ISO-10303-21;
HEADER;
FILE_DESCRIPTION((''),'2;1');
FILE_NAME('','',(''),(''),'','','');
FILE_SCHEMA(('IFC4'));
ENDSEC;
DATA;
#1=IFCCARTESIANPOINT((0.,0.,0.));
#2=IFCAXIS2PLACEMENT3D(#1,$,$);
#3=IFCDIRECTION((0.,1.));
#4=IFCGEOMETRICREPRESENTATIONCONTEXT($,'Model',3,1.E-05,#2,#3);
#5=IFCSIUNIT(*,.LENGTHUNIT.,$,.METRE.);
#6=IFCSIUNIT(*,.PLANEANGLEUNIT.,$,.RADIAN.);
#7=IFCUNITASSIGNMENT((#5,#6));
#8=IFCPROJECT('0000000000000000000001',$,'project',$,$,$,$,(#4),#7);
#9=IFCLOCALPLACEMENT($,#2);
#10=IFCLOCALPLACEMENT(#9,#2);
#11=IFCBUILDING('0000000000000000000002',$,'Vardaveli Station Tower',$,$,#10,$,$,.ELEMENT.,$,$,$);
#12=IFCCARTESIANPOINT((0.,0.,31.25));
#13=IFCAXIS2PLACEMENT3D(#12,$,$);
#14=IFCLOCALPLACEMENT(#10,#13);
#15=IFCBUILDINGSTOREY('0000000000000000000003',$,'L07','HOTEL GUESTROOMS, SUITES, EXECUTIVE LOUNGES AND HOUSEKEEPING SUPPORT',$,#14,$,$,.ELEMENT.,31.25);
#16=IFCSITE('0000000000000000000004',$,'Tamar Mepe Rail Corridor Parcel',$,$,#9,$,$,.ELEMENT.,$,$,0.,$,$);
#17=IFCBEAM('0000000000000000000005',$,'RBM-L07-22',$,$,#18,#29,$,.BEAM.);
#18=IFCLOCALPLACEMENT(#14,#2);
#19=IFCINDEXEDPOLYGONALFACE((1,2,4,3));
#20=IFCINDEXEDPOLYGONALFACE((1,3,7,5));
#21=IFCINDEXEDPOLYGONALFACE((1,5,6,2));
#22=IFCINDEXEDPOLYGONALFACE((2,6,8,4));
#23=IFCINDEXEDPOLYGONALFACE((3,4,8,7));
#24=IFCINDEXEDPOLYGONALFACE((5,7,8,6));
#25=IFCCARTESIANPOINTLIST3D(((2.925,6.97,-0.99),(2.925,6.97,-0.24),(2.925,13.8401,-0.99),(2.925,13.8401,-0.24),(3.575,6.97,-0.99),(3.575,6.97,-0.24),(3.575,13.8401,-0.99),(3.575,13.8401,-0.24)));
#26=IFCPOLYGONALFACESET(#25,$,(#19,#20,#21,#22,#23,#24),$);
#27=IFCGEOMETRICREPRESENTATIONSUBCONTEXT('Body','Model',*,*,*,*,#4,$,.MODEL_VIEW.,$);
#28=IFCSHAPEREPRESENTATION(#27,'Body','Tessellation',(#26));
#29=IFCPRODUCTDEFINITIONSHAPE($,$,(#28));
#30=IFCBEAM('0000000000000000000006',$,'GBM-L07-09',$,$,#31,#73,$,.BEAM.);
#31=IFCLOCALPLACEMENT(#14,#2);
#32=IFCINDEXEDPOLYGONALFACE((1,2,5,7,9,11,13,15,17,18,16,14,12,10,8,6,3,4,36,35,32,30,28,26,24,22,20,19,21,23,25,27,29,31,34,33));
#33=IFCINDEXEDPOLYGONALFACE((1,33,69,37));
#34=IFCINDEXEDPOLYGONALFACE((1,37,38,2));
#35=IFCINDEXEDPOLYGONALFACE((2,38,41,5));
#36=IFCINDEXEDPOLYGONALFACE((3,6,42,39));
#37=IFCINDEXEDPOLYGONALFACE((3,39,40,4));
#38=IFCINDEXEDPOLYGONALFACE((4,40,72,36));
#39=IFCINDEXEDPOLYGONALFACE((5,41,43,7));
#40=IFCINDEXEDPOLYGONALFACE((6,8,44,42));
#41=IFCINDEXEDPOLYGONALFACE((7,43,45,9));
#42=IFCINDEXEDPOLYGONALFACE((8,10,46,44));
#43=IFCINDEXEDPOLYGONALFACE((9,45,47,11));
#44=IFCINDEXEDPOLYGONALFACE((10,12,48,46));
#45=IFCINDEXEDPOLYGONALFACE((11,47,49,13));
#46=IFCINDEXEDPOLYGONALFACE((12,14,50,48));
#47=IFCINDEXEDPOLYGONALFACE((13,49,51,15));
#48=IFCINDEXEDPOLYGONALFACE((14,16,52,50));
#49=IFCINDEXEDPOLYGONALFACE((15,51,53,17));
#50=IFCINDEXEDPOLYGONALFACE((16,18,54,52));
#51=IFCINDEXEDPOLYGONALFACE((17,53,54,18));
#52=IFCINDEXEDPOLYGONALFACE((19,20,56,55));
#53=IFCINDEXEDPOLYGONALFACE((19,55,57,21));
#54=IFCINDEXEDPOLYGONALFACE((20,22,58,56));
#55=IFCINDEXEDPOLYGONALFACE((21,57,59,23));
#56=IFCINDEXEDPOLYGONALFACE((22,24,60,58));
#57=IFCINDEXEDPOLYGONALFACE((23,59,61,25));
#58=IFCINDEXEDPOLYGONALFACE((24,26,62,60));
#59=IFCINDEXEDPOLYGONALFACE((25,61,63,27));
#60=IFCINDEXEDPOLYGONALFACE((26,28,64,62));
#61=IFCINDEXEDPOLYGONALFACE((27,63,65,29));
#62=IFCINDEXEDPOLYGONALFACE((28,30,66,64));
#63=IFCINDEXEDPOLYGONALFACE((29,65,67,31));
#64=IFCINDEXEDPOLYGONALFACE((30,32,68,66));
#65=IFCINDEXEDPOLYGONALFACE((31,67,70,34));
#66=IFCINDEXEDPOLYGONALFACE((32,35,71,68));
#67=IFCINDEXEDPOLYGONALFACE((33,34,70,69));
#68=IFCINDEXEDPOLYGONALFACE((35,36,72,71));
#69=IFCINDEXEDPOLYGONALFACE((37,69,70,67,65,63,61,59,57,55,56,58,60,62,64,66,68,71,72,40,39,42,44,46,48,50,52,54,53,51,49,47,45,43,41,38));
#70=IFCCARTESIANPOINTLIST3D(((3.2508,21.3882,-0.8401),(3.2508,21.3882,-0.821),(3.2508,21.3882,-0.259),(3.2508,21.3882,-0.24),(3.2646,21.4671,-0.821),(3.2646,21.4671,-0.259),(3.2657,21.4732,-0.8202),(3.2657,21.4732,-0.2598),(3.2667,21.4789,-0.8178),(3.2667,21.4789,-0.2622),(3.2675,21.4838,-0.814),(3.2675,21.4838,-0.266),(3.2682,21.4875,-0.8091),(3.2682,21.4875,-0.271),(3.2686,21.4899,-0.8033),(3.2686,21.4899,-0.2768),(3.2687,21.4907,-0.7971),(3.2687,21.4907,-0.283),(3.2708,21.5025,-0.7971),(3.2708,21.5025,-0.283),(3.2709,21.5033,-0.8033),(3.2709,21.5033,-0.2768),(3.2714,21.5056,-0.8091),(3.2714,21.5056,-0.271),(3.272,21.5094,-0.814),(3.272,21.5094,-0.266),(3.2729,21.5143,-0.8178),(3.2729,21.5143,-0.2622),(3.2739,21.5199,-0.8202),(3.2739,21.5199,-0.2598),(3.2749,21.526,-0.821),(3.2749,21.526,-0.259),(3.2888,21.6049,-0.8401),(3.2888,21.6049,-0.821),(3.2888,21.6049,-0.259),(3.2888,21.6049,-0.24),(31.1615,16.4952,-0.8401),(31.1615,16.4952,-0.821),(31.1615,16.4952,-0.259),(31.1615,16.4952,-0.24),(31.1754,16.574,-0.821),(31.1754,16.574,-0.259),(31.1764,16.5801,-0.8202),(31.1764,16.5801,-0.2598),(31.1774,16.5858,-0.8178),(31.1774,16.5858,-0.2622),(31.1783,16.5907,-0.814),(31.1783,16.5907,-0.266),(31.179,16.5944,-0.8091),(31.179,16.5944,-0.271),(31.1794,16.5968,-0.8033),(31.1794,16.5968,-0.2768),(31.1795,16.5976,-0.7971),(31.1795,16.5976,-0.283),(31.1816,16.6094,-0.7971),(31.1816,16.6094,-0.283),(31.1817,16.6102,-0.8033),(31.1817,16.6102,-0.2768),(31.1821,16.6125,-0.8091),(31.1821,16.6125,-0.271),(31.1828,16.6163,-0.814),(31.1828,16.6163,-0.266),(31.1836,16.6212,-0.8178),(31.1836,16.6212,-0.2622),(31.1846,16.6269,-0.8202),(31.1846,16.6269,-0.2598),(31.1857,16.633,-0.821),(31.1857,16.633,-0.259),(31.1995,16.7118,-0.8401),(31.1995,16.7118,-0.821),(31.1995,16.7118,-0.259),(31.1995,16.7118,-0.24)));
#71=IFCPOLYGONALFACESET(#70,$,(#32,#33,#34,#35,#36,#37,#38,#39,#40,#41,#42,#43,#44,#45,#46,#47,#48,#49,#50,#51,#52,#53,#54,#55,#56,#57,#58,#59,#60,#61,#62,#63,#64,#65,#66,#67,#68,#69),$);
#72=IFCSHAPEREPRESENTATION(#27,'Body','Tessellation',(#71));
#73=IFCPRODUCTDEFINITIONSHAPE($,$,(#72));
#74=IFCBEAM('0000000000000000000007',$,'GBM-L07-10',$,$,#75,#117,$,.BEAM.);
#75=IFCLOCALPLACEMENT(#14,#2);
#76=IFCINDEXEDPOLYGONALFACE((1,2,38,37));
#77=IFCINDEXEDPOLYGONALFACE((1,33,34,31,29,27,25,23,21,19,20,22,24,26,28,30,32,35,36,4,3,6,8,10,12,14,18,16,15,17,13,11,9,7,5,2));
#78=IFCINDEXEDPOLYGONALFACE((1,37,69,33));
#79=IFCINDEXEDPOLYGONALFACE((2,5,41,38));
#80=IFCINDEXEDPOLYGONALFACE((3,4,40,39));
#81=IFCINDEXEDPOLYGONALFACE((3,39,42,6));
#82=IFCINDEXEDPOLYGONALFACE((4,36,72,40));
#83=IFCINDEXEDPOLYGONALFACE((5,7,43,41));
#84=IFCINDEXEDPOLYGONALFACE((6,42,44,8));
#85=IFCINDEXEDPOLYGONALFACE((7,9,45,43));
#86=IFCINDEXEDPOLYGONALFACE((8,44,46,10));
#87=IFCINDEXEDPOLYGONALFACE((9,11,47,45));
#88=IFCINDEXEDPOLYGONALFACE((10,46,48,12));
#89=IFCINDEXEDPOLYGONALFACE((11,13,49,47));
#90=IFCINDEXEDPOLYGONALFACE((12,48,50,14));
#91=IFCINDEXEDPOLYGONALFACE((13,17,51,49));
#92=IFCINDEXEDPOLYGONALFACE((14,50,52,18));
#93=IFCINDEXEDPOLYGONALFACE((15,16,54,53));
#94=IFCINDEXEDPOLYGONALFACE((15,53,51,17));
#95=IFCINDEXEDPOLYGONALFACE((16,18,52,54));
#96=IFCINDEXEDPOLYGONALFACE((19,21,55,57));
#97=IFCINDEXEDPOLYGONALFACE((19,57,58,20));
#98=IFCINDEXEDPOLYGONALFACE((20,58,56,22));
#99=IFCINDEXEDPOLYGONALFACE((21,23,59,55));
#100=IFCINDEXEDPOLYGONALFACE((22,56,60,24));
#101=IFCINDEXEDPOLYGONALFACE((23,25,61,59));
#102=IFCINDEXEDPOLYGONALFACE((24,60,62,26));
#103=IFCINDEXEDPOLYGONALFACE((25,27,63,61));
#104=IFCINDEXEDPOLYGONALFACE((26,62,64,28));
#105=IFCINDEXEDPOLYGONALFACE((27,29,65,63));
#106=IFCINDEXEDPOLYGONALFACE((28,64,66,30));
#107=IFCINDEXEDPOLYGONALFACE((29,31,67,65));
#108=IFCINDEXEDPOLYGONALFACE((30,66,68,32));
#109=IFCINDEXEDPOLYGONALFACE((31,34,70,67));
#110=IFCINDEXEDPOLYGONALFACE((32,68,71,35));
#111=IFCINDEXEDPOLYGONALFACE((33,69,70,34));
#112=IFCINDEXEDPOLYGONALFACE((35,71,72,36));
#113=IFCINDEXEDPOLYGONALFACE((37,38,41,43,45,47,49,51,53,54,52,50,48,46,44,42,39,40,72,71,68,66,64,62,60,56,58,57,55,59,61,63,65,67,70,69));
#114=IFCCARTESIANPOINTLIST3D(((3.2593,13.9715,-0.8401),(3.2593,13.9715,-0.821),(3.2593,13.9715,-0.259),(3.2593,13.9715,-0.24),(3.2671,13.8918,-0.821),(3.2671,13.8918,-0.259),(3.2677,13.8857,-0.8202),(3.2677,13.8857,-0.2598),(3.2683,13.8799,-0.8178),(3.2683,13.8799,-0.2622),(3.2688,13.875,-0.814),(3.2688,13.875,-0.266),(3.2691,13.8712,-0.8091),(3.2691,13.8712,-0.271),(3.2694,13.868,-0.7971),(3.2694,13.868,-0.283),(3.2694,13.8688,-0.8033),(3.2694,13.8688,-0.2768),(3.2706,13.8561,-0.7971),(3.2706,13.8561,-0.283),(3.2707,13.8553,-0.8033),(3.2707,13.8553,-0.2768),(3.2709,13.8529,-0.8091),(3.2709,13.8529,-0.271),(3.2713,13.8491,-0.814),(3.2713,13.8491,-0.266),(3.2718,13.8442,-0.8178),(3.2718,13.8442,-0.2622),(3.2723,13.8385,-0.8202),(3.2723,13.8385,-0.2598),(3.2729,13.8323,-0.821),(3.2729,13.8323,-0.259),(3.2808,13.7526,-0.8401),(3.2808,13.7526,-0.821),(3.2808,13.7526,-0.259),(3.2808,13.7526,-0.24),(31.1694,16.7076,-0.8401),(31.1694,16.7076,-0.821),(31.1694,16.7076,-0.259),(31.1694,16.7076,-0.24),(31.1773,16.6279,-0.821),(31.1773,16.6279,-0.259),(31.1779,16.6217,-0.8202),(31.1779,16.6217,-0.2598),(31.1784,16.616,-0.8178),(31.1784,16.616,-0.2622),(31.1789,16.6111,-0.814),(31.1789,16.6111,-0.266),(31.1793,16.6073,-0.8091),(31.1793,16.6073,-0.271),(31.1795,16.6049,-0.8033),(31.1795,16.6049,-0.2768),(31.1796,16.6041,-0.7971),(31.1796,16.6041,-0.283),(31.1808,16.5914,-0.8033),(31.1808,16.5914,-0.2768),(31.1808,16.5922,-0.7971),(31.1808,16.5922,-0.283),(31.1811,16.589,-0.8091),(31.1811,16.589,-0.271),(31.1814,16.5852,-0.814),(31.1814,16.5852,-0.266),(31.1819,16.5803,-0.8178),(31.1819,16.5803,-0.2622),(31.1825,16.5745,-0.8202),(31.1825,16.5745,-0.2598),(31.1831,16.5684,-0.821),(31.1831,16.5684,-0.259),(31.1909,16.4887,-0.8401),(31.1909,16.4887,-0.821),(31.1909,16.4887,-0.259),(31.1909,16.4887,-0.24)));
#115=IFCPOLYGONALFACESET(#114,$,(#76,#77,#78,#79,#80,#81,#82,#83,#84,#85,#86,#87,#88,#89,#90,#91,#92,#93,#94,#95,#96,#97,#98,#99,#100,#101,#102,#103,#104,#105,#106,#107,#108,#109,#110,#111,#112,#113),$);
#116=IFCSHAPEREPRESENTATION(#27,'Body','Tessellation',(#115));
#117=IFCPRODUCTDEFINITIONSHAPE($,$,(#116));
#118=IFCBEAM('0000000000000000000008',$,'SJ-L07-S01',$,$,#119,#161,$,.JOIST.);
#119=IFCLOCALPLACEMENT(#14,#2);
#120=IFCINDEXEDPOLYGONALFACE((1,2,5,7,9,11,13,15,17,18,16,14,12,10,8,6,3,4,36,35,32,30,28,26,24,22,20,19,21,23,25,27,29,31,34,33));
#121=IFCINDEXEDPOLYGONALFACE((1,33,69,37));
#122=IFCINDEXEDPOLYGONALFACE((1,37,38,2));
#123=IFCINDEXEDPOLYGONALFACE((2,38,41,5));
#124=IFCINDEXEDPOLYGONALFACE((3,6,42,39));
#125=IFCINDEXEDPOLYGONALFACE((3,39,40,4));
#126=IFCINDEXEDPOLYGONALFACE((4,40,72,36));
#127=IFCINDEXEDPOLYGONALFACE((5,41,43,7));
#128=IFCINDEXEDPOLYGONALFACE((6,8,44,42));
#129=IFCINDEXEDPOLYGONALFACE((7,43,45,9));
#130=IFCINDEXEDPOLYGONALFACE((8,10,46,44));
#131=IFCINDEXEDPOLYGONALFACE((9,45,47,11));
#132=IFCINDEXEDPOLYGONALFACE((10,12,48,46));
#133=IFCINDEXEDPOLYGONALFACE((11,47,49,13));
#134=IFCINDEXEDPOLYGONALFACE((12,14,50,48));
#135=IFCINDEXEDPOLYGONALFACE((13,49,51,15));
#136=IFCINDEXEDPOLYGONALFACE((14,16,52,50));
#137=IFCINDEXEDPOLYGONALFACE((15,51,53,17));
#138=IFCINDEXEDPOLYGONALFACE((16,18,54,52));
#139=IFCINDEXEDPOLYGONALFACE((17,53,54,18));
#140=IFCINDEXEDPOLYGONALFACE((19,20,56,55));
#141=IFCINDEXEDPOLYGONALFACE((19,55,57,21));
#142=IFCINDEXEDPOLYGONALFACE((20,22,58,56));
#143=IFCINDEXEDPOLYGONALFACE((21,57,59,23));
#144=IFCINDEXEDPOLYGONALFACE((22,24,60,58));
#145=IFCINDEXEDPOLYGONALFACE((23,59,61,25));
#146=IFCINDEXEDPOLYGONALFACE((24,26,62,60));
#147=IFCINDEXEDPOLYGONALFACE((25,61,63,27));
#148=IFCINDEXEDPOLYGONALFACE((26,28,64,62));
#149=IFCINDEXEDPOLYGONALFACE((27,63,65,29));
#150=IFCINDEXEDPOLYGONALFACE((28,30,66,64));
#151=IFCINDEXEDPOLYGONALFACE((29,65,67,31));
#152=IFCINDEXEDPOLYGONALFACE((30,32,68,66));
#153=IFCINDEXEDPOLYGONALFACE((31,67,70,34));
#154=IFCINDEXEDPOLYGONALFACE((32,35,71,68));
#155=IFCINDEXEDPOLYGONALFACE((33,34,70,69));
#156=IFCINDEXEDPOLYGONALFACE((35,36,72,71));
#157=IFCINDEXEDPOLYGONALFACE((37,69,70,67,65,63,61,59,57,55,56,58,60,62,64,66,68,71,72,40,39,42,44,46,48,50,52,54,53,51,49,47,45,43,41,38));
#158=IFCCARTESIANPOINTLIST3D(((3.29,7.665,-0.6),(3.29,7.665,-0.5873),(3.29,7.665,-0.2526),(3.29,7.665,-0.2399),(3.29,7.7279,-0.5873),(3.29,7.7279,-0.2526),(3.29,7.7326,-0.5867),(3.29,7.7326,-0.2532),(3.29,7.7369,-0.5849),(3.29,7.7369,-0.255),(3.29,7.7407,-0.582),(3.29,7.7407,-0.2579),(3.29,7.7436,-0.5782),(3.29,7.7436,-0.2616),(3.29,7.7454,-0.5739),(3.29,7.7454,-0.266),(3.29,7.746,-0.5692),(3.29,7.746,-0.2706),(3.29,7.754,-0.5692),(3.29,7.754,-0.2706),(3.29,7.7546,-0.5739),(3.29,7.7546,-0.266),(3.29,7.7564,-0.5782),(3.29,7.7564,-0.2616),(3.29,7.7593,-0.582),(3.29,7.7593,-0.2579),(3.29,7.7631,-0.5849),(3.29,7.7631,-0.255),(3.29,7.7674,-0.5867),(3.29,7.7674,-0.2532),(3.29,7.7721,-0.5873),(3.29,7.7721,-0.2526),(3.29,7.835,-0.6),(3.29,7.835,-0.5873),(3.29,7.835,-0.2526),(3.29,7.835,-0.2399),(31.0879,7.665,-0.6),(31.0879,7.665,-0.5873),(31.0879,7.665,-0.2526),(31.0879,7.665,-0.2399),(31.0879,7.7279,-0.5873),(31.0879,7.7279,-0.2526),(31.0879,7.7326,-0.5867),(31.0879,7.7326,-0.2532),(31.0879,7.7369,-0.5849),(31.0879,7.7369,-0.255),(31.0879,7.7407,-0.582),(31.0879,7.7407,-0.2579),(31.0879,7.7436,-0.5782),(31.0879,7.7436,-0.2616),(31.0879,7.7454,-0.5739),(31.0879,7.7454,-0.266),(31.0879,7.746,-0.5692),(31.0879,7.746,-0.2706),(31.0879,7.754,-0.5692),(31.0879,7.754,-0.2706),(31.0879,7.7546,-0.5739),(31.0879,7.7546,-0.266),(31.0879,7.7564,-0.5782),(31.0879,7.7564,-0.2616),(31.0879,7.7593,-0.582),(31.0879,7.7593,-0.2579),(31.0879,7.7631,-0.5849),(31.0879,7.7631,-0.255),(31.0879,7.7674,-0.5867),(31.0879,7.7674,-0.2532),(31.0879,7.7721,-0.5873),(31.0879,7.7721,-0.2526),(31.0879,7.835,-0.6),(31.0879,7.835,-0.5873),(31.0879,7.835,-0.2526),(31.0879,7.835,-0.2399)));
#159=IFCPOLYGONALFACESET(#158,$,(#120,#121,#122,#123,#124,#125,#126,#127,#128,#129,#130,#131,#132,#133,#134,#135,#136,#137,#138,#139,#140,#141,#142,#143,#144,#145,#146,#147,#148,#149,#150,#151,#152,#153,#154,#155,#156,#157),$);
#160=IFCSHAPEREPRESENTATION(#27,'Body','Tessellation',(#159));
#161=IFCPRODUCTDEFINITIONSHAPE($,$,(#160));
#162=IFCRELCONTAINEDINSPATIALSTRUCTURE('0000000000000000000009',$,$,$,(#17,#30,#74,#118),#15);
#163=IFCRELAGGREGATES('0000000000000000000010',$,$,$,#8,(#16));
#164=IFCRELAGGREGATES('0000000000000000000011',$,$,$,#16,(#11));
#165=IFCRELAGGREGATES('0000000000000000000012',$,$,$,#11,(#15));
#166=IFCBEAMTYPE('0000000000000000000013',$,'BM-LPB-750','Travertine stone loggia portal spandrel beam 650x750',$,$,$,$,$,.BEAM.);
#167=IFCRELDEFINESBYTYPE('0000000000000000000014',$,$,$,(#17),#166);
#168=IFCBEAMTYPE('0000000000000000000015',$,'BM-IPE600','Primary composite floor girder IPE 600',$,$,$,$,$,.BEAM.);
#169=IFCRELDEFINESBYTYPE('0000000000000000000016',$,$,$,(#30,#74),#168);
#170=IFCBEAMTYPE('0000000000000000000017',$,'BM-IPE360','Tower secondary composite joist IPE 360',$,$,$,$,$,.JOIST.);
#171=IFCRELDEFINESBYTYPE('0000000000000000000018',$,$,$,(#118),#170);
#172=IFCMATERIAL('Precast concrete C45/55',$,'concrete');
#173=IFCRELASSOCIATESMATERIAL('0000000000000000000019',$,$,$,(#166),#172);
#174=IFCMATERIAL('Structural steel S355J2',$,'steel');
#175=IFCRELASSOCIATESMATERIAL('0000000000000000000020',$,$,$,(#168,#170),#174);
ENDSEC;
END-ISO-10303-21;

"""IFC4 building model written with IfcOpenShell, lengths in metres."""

from ifc_helpers import new_model, si_unit, direction, frame, origin, origin_2d, place, context, subcontext, project, spatial, rectangle, i_section, extrude, source, transform, mapped, material, material_profile, profile_set, type_object, element, save


model = new_model("IFC4")

# Units and contexts
model_context = context("Model", 3, precision=1e-05, world=origin(), true_north=direction((0.0, 1.0)))
body_context = subcontext(model_context, "Body", "Model", "MODEL_VIEW")
ifc_project = project(units=[si_unit("LENGTHUNIT", "METRE"), si_unit("PLANEANGLEUNIT", "RADIAN")], contexts=[model_context])

# Site, building, storey
site_placement = place(None, origin())
site = spatial("IfcSite", under=ifc_project, at=site_placement, Name="Tamar Mepe Rail Corridor Parcel", CompositionType="ELEMENT", RefElevation=0.0)
building_placement = place(site_placement, origin())
building = spatial("IfcBuilding", under=site, at=building_placement, Name="Vardaveli Station Tower", CompositionType="ELEMENT")
storey_placement = place(building_placement, frame((0.0, 0.0, 31.25)))
storey = spatial("IfcBuildingStorey", under=building, at=storey_placement, Name="L07", Description="HOTEL GUESTROOMS, SUITES, EXECUTIVE LOUNGES AND HOUSEKEEPING SUPPORT", CompositionType="ELEMENT", Elevation=31.25)

# Beams
ifc_material_1 = material(Name="Precast concrete C45/55", Category="concrete")
ifc_material_profile_1 = material_profile(ifc_material_1, rectangle(XDim=0.6499, YDim=0.75, at=origin_2d()), Name="LPB 650x750")
ifc_profile_set_1 = profile_set([ifc_material_profile_1], Name="Precast concrete C45/55")
beam_type_1 = type_object("IfcBeamType", Name="BM-LPB-750", Description="Travertine stone loggia portal spandrel beam 650x750", PredefinedType="BEAM", material=ifc_profile_set_1)
shared_shape_1 = source(origin(), body_context, "Body", "SweptSolid", [
    extrude(rectangle(XDim=0.6499, YDim=0.75, at=origin_2d()), origin(), (0.0, 0.0, 1.0), 6.8701),
])
beam_1_placement = place(storey_placement, frame((3.25, 13.8401, -0.615), z_axis=(0.0, -1.0, 0.0), x_axis=(1.0, 0.0, 0.0)))
element("IfcBeam", 1, at=beam_1_placement, inside=storey, type_object=beam_type_1, Name="RBM-L07-22", PredefinedType="BEAM", context=body_context, shape_type="MappedRepresentation", body=[
    mapped(shared_shape_1, transform((0.0, 0.0, 0.0), scale=1.0)),
])
ifc_material_2 = material(Name="Structural steel S355J2", Category="steel")
ifc_material_profile_2 = material_profile(ifc_material_2, i_section(OverallWidth=0.22, OverallDepth=0.6001, WebThickness=0.012, FlangeThickness=0.019, FilletRadius=0.0239, at=origin_2d()), Name="IPE 600")
ifc_profile_set_2 = profile_set([ifc_material_profile_2], Name="Structural steel S355J2")
beam_type_2 = type_object("IfcBeamType", Name="BM-IPE600", Description="Primary composite floor girder IPE 600", PredefinedType="BEAM", material=ifc_profile_set_2)
shared_shape_2 = source(origin(), body_context, "Body", "SweptSolid", [
    extrude(i_section(OverallWidth=0.22, OverallDepth=0.6001, WebThickness=0.012, FlangeThickness=0.019, FilletRadius=0.0239, at=origin_2d()), origin(), (0.0, 0.0, 1.0), 28.3364),
])
beam_2_placement = place(storey_placement, frame((3.2698, 21.4966, -0.54), z_axis=(0.984978, -0.172678, 0.0), x_axis=(0.172678, 0.984978, 0.0)))
element("IfcBeam", 2, at=beam_2_placement, inside=storey, type_object=beam_type_2, Name="GBM-L07-09", PredefinedType="BEAM", context=body_context, shape_type="MappedRepresentation", body=[
    mapped(shared_shape_2, transform((0.0, 0.0, 0.0), scale=1.0)),
])
shared_shape_3 = source(origin(), body_context, "Body", "SweptSolid", [
    extrude(i_section(OverallWidth=0.22, OverallDepth=0.6001, WebThickness=0.012, FlangeThickness=0.019, FilletRadius=0.0239, at=origin_2d()), origin(), (0.0, 0.0, 1.0), 28.0439),
])
beam_3_placement = place(storey_placement, frame((3.27, 13.8621, -0.54), z_axis=(0.995229, 0.097564, 0.0), x_axis=(-0.097564, 0.995229, 0.0)))
element("IfcBeam", 3, at=beam_3_placement, inside=storey, type_object=beam_type_2, Name="GBM-L07-10", PredefinedType="BEAM", context=body_context, shape_type="MappedRepresentation", body=[
    mapped(shared_shape_3, transform((0.0, 0.0, 0.0), scale=1.0)),
])
ifc_material_profile_3 = material_profile(ifc_material_2, i_section(OverallWidth=0.1699, OverallDepth=0.3601, WebThickness=0.0081, FlangeThickness=0.0127, FilletRadius=0.0181, at=origin_2d()), Name="IPE 360")
ifc_profile_set_3 = profile_set([ifc_material_profile_3], Name="Structural steel S355J2")
beam_type_3 = type_object("IfcBeamType", Name="BM-IPE360", Description="Tower secondary composite joist IPE 360", PredefinedType="JOIST", material=ifc_profile_set_3)
shared_shape_4 = source(origin(), body_context, "Body", "SweptSolid", [
    extrude(i_section(OverallWidth=0.1699, OverallDepth=0.3601, WebThickness=0.0081, FlangeThickness=0.0127, FilletRadius=0.0181, at=origin_2d()), origin(), (0.0, 0.0, 1.0), 27.7979),
])
for number, where, z_axis, x_axis, name in (
    (4, (3.29, 7.75, -0.4199), (1.0, 0.0, 0.0), (0.0, 1.0, 0.0), "SJ-L07-S01"),
):
    element("IfcBeam", number, at=place(storey_placement, frame(where, z_axis=z_axis, x_axis=x_axis)), inside=storey, type_object=beam_type_3, Name=name, PredefinedType="JOIST", context=body_context, shape_type="MappedRepresentation", body=[
        mapped(shared_shape_4, transform((0.0, 0.0, 0.0), scale=1.0)),
    ])

save(model, "model.ifc")
